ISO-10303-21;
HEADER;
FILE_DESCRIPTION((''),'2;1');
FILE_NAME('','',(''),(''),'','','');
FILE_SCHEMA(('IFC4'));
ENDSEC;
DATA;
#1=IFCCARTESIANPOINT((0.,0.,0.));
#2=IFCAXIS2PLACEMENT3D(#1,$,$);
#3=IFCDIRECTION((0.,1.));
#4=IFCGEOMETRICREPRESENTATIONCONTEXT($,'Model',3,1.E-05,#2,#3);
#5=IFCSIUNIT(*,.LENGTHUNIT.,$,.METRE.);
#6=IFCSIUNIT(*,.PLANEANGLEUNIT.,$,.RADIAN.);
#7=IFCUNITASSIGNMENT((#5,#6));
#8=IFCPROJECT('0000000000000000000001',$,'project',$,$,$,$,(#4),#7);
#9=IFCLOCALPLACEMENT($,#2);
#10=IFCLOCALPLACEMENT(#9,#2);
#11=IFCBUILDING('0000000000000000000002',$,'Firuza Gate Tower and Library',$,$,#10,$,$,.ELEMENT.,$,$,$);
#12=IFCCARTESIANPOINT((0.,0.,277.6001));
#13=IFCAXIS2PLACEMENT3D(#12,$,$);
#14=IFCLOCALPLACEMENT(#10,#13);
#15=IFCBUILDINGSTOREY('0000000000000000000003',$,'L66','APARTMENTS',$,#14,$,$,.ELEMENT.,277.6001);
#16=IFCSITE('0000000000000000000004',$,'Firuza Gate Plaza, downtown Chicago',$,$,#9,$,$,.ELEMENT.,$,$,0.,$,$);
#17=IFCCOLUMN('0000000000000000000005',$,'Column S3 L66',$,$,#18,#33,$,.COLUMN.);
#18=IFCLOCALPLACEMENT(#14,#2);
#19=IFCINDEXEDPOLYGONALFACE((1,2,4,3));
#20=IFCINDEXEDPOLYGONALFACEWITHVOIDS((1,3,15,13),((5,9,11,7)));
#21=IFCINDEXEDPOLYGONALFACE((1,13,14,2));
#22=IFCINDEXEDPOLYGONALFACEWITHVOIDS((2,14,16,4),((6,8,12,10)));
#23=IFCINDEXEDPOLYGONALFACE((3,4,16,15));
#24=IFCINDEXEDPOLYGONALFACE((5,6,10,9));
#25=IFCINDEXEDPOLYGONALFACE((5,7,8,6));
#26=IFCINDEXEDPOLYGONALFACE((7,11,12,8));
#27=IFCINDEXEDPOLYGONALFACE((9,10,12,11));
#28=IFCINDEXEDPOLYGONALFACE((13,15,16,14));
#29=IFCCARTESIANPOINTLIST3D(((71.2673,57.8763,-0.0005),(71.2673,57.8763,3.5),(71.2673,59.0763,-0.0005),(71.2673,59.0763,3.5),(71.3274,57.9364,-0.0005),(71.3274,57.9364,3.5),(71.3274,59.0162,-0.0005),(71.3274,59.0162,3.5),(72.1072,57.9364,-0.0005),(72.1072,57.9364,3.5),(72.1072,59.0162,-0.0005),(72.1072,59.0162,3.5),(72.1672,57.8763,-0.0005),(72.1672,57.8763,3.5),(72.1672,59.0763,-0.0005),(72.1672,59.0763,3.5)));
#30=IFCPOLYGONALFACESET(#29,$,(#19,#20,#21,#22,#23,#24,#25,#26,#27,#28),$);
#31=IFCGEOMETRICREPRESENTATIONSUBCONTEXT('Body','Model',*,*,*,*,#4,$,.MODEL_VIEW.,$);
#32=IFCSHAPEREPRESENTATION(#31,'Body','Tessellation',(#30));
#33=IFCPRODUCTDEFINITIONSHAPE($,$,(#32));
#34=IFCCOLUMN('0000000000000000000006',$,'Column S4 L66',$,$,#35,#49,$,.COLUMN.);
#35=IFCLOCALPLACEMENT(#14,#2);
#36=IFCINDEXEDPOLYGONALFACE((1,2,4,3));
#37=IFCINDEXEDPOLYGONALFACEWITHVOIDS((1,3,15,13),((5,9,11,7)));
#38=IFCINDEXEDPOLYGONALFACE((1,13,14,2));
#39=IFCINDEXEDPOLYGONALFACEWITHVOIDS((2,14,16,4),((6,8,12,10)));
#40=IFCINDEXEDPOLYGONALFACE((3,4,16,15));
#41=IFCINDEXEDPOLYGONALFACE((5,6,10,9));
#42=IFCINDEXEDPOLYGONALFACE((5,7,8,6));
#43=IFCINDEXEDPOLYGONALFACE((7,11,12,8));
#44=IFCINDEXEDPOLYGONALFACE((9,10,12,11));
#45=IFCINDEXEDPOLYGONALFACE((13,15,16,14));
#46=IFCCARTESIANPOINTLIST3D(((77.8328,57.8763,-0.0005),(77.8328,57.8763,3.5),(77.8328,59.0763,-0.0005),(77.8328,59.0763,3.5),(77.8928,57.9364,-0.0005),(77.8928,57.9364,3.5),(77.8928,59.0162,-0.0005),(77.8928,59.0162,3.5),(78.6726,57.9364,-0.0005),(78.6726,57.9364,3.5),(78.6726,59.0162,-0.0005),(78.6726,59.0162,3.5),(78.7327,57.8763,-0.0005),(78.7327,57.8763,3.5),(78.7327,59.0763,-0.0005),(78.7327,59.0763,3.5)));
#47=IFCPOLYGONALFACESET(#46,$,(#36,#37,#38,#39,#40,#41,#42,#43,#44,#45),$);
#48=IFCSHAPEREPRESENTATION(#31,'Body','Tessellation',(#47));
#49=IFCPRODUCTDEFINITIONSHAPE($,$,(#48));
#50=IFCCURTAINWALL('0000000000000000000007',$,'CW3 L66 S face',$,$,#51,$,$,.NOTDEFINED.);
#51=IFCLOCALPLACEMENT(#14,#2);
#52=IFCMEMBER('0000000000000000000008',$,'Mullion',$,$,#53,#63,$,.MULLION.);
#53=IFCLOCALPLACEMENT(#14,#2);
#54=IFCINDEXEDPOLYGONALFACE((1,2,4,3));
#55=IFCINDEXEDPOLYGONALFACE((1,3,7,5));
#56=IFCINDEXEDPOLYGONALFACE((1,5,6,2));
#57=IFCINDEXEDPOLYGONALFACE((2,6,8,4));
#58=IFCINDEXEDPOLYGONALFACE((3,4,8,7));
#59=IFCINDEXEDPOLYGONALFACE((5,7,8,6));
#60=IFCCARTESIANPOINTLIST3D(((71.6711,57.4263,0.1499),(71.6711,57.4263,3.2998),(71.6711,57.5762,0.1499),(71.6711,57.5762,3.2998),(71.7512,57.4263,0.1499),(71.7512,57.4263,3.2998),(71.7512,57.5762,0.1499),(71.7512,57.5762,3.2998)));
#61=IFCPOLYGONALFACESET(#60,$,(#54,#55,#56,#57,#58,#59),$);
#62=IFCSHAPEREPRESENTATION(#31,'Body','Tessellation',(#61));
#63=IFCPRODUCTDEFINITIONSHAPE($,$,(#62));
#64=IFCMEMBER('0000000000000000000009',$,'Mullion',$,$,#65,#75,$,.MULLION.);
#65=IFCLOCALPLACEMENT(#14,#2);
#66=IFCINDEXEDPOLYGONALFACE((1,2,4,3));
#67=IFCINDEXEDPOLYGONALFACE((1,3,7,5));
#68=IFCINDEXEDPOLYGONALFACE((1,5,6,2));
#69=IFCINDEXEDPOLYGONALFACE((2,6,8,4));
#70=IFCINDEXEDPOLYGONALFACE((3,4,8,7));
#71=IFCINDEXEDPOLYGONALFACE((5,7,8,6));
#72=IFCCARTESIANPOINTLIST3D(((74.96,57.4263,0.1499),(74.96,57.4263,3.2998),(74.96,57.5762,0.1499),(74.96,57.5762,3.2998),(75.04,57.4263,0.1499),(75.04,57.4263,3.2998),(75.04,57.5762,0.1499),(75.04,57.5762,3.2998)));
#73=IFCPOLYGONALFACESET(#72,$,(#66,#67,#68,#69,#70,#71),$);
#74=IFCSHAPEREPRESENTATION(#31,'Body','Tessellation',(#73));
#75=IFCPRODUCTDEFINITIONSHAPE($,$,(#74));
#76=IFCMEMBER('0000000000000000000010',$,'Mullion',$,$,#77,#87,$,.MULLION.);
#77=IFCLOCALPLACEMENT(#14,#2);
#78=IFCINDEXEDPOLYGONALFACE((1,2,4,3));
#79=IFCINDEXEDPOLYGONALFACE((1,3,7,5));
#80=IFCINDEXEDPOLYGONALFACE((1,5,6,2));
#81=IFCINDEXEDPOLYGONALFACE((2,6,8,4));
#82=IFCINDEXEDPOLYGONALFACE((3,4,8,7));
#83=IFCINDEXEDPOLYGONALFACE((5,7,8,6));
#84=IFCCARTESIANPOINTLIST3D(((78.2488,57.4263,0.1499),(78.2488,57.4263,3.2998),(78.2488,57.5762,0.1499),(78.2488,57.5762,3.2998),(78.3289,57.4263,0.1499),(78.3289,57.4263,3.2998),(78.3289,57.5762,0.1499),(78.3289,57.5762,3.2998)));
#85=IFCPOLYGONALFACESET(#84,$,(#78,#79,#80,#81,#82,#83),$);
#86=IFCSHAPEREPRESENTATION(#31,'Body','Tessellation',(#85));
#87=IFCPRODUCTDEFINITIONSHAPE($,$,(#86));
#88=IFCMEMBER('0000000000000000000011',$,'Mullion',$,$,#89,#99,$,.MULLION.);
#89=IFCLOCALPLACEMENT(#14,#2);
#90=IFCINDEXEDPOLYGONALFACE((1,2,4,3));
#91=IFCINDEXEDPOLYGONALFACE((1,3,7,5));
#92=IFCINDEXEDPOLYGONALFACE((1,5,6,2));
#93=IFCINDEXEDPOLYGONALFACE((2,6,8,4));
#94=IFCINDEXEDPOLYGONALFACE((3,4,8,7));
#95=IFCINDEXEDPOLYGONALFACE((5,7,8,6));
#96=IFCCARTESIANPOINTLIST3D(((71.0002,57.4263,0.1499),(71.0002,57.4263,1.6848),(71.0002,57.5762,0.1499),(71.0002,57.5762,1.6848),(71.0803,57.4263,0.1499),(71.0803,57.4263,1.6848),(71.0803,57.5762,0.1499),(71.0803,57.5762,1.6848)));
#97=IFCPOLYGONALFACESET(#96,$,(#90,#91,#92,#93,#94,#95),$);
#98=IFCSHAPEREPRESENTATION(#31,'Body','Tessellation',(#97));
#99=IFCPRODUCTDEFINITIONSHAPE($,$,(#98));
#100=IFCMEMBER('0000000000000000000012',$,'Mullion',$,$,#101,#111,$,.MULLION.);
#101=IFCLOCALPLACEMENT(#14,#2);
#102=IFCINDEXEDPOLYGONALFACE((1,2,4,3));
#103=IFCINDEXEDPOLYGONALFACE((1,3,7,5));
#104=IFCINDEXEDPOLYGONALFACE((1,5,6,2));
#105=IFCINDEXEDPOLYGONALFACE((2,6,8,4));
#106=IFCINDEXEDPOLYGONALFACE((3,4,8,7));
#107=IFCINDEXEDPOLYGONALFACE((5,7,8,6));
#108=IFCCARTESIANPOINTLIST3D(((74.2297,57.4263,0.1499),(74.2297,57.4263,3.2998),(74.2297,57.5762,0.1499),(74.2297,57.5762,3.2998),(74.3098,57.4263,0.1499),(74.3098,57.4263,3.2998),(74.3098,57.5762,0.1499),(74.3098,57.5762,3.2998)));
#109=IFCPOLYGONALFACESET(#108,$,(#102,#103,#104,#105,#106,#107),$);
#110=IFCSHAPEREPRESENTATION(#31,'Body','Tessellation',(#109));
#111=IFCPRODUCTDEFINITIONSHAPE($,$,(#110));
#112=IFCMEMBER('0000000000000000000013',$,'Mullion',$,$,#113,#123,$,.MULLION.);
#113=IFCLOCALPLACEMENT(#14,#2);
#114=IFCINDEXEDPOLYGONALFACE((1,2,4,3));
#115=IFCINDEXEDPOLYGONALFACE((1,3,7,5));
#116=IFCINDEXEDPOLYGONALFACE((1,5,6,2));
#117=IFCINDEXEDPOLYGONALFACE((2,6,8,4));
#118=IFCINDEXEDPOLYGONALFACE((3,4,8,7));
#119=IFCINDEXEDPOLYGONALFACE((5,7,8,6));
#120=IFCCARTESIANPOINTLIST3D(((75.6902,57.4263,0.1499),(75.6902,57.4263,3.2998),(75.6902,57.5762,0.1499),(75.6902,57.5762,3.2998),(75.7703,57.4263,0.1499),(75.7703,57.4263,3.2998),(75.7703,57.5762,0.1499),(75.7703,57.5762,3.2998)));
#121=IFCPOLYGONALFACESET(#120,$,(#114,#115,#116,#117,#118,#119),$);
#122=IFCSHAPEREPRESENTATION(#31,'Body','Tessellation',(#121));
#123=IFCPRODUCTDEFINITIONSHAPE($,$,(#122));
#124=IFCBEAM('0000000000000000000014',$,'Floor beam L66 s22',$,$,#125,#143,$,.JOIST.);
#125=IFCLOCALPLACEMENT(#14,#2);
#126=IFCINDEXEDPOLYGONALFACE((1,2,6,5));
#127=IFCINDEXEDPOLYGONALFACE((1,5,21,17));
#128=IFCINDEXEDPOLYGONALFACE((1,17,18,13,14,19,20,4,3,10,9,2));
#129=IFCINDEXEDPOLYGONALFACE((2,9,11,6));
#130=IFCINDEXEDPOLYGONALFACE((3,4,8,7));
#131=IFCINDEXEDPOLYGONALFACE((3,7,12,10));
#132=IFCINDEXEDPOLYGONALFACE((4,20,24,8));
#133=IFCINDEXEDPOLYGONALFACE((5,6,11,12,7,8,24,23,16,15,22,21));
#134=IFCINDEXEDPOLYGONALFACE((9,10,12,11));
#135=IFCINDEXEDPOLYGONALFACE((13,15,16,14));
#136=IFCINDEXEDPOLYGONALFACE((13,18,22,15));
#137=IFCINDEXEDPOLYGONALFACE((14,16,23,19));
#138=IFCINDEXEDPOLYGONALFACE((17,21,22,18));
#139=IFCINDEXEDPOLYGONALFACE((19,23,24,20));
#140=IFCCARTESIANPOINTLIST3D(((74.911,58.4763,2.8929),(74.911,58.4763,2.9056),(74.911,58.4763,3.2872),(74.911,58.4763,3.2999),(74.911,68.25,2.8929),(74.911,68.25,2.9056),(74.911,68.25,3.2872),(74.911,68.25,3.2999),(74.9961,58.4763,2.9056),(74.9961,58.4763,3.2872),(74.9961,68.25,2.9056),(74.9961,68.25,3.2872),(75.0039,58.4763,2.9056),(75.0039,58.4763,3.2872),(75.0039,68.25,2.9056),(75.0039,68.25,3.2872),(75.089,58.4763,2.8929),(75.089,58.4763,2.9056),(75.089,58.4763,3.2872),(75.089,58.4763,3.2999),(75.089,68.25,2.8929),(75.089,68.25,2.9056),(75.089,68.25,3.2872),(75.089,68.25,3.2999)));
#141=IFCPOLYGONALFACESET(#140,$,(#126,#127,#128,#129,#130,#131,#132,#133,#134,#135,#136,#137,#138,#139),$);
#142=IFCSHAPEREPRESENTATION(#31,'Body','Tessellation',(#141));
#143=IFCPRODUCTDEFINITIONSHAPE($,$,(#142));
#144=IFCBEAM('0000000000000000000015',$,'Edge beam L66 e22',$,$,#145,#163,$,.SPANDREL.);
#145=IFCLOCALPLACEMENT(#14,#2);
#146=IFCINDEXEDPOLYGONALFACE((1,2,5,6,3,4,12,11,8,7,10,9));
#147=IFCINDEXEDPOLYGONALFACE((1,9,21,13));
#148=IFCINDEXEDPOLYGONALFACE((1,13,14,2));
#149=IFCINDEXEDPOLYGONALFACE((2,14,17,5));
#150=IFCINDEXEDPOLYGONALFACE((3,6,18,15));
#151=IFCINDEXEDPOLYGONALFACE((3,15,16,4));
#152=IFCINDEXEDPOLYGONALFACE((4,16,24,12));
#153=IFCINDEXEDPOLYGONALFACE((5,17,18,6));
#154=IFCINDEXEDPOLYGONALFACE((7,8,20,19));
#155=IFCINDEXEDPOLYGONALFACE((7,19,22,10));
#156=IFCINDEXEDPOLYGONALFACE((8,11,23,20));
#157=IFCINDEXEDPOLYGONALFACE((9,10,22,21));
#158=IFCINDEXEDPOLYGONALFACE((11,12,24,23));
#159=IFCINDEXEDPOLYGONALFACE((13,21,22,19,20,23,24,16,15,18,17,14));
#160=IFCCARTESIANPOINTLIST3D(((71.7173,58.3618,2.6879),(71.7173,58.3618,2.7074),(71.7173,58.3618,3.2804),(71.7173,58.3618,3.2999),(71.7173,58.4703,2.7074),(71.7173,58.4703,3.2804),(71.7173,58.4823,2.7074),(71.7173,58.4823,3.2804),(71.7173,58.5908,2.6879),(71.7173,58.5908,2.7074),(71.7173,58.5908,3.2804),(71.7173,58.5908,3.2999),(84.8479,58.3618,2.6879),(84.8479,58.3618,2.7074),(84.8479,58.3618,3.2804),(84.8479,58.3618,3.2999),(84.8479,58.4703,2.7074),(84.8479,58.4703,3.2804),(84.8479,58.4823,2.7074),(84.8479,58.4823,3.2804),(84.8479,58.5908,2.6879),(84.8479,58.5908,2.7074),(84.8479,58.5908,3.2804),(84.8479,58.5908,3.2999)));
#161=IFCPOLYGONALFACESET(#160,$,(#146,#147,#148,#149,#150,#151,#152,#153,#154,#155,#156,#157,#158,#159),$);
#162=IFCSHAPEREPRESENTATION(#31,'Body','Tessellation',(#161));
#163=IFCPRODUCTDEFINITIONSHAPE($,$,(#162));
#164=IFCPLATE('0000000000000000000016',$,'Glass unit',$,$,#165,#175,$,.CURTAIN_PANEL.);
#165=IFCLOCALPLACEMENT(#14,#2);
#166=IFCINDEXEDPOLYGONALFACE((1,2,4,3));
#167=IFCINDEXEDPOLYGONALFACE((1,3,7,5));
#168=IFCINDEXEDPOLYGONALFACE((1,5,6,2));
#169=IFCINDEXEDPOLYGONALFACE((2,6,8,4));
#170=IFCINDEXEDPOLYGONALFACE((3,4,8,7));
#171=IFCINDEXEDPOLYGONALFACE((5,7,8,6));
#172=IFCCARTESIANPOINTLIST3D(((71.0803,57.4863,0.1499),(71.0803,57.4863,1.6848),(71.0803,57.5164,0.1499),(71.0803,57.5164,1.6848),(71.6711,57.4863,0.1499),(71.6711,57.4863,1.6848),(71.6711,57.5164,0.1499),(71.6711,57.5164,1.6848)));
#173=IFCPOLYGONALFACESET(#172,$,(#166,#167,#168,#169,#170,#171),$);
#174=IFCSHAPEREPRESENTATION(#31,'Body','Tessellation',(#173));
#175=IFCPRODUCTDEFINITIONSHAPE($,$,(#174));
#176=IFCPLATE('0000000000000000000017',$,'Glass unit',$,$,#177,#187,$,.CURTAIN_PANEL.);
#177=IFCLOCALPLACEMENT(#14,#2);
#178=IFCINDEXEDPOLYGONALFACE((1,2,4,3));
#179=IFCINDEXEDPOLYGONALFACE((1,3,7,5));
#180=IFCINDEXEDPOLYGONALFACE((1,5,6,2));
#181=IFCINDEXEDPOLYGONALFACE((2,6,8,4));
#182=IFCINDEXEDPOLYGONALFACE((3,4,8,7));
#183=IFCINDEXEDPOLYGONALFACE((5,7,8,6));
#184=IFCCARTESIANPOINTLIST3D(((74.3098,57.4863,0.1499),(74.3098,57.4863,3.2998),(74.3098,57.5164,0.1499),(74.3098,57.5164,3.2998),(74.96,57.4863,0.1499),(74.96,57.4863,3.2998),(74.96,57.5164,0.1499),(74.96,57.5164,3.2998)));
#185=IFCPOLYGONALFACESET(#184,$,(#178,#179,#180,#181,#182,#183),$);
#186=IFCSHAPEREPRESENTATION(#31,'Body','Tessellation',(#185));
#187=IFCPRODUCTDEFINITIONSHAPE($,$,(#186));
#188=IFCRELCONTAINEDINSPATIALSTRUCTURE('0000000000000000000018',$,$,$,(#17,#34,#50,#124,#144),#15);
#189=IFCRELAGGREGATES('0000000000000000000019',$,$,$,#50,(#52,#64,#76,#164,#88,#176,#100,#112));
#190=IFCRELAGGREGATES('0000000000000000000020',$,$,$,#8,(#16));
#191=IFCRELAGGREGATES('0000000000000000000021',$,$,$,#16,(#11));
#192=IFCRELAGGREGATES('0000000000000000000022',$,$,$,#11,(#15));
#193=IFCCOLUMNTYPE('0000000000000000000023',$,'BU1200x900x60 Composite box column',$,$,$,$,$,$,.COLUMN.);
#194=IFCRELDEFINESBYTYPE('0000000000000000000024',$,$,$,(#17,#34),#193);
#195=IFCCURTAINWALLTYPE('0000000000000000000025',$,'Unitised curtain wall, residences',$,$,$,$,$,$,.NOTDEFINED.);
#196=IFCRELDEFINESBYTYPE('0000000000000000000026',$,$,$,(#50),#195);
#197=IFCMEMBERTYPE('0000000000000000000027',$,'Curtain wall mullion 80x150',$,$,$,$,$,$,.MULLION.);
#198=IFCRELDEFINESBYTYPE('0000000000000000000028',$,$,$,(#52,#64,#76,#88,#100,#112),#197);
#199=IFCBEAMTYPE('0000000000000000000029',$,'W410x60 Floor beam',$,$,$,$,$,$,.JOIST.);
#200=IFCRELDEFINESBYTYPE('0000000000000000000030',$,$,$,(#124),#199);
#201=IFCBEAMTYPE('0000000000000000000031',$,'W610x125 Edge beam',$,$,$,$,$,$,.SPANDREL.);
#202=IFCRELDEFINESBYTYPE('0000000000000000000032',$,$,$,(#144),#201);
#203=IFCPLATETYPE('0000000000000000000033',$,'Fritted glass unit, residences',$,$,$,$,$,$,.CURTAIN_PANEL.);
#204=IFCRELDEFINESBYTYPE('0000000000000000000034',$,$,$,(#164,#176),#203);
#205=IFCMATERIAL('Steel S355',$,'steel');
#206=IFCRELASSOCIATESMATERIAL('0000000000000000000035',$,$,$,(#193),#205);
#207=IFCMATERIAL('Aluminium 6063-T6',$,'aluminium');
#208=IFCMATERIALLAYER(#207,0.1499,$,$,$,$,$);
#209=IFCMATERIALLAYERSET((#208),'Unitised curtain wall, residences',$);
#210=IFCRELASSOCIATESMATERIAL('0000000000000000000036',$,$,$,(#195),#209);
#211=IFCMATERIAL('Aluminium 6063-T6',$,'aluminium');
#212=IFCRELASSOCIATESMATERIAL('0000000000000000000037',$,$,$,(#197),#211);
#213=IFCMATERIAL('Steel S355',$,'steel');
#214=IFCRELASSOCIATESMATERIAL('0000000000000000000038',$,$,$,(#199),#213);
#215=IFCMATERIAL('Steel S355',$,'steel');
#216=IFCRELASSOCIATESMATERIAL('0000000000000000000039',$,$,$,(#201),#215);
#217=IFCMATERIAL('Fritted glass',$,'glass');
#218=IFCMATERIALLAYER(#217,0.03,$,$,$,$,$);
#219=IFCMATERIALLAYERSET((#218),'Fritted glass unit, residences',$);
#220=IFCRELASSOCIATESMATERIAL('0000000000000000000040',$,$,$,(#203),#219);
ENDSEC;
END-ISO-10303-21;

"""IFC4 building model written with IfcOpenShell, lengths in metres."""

from ifc_helpers import new_model, si_unit, direction, frame, origin, origin_2d, place, context, subcontext, project, spatial, polyline, rectangle, hollow_rectangle, i_section, outline, extrude, material, layer, layer_set, material_profile, profile_set, type_object, element, aggregate, save


model = new_model("IFC4")

# Units and contexts
model_context = context("Model", 3, precision=1e-05, world=origin(), true_north=direction((0.0, 1.0)))
body_context = subcontext(model_context, "Body", "Model", "MODEL_VIEW")
ifc_project = project(units=[si_unit("LENGTHUNIT", "METRE"), si_unit("PLANEANGLEUNIT", "RADIAN")], contexts=[model_context])

# Site, building, storey
site_placement = place(None, origin())
site = spatial("IfcSite", under=ifc_project, at=site_placement, Name="Firuza Gate Plaza, downtown Chicago", CompositionType="ELEMENT", RefElevation=0.0)
building_placement = place(site_placement, origin())
building = spatial("IfcBuilding", under=site, at=building_placement, Name="Firuza Gate Tower and Library", CompositionType="ELEMENT")
storey_placement = place(building_placement, frame((0.0, 0.0, 277.6001)))
storey = spatial("IfcBuildingStorey", under=building, at=storey_placement, Name="L66", Description="APARTMENTS", CompositionType="ELEMENT", Elevation=277.6001)

# Columns
ifc_material_1 = material(Name="Steel S355", Category="steel")
ifc_material_profile_1 = material_profile(ifc_material_1, hollow_rectangle(XDim=0.8999, YDim=1.2, WallThickness=0.0601, at=origin_2d()))
ifc_profile_set_1 = profile_set([ifc_material_profile_1], Name="Steel S355")
column_type = type_object("IfcColumnType", Name="BU1200x900x60 Composite box column", PredefinedType="COLUMN", material=ifc_profile_set_1)
for number, where, z_axis, x_axis, name in (
    (1, (71.7173, 58.4763, -0.0005), (0.0, 0.0, 1.0), (1.0, 0.0, 0.0), "Column S3 L66"),
    (2, (78.2827, 58.4763, -0.0005), (0.0, 0.0, 1.0), (1.0, 0.0, 0.0), "Column S4 L66"),
):
    element("IfcColumn", number, at=place(storey_placement, frame(where, z_axis=z_axis, x_axis=x_axis)), inside=storey, type_object=column_type, Name=name, PredefinedType="COLUMN", context=body_context, shape_type="SweptSolid", body=[
        extrude(hollow_rectangle(XDim=0.8999, YDim=1.2, WallThickness=0.0601, at=origin_2d()), origin(), (0.0, 0.0, 1.0), 3.5005),
    ])

# Curtain wall, members
ifc_material_2 = material(Name="Aluminium 6063-T6", Category="aluminium")
ifc_layer_1 = layer(ifc_material_2, 0.1499)
ifc_layer_set_1 = layer_set([ifc_layer_1], Name="Unitised curtain wall, residences")
curtain_wall_type = type_object("IfcCurtainWallType", Name="Unitised curtain wall, residences", PredefinedType="NOTDEFINED", material=ifc_layer_set_1)
curtain_wall_placement = place(storey_placement, origin())
curtain_wall = element("IfcCurtainWall", 3, at=curtain_wall_placement, inside=storey, type_object=curtain_wall_type, Name="CW3 L66 S face", PredefinedType="NOTDEFINED")
ifc_material_3 = material(Name="Aluminium 6063-T6", Category="aluminium")
ifc_material_profile_2 = material_profile(ifc_material_3, rectangle(XDim=0.1499, YDim=0.0801, at=origin_2d()))
ifc_profile_set_2 = profile_set([ifc_material_profile_2], Name="Aluminium 6063-T6")
member_type = type_object("IfcMemberType", Name="Curtain wall mullion 80x150", PredefinedType="MULLION", material=ifc_profile_set_2)
member_1_placement = place(storey_placement, frame((71.7112, 57.5012, 0.1499), z_axis=(0.0, 0.0, 1.0), x_axis=(0.0, 1.0, 0.0)))
member_1 = element("IfcMember", 4, at=member_1_placement, type_object=member_type, Name="Mullion", PredefinedType="MULLION", context=body_context, shape_type="SweptSolid", body=[
    extrude(rectangle(XDim=0.1499, YDim=0.0801, at=origin_2d()), origin(), (0.0, 0.0, 1.0), 3.1499),
])
member_2_placement = place(storey_placement, frame((75.0, 57.5012, 0.1499), z_axis=(0.0, 0.0, 1.0), x_axis=(0.0, 1.0, 0.0)))
member_2 = element("IfcMember", 5, at=member_2_placement, type_object=member_type, Name="Mullion", PredefinedType="MULLION", context=body_context, shape_type="SweptSolid", body=[
    extrude(rectangle(XDim=0.1499, YDim=0.0801, at=origin_2d()), origin(), (0.0, 0.0, 1.0), 3.1499),
])
member_3_placement = place(storey_placement, frame((78.2888, 57.5012, 0.1499), z_axis=(0.0, 0.0, 1.0), x_axis=(0.0, 1.0, 0.0)))
member_3 = element("IfcMember", 6, at=member_3_placement, type_object=member_type, Name="Mullion", PredefinedType="MULLION", context=body_context, shape_type="SweptSolid", body=[
    extrude(rectangle(XDim=0.1499, YDim=0.0801, at=origin_2d()), origin(), (0.0, 0.0, 1.0), 3.1499),
])
member_4_placement = place(storey_placement, frame((71.0403, 57.5012, 0.1499), z_axis=(0.0, 0.0, 1.0), x_axis=(0.0, 1.0, 0.0)))
member_4 = element("IfcMember", 7, at=member_4_placement, type_object=member_type, Name="Mullion", PredefinedType="MULLION", context=body_context, shape_type="SweptSolid", body=[
    extrude(rectangle(XDim=0.1499, YDim=0.0801, at=origin_2d()), origin(), (0.0, 0.0, 1.0), 1.5349),
])
member_5_placement = place(storey_placement, frame((74.2698, 57.5012, 0.1499), z_axis=(0.0, 0.0, 1.0), x_axis=(0.0, 1.0, 0.0)))
member_5 = element("IfcMember", 8, at=member_5_placement, type_object=member_type, Name="Mullion", PredefinedType="MULLION", context=body_context, shape_type="SweptSolid", body=[
    extrude(rectangle(XDim=0.1499, YDim=0.0801, at=origin_2d()), origin(), (0.0, 0.0, 1.0), 3.1499),
])
member_6_placement = place(storey_placement, frame((75.7302, 57.5012, 0.1499), z_axis=(0.0, 0.0, 1.0), x_axis=(0.0, 1.0, 0.0)))
member_6 = element("IfcMember", 9, at=member_6_placement, type_object=member_type, Name="Mullion", PredefinedType="MULLION", context=body_context, shape_type="SweptSolid", body=[
    extrude(rectangle(XDim=0.1499, YDim=0.0801, at=origin_2d()), origin(), (0.0, 0.0, 1.0), 3.1499),
])

# Beams
ifc_material_4 = material(Name="Steel S355", Category="steel")
ifc_material_profile_3 = material_profile(ifc_material_4, i_section(OverallWidth=0.178, OverallDepth=0.407, WebThickness=0.0078, FlangeThickness=0.0127, at=origin_2d()))
ifc_profile_set_3 = profile_set([ifc_material_profile_3], Name="Steel S355")
beam_type_1 = type_object("IfcBeamType", Name="W410x60 Floor beam", PredefinedType="JOIST", material=ifc_profile_set_3)
beam_1_placement = place(storey_placement, frame((75.0, 58.4763, 3.0964), z_axis=(0.0, 1.0, 0.0), x_axis=(-1.0, 0.0, 0.0)))
element("IfcBeam", 10, at=beam_1_placement, inside=storey, type_object=beam_type_1, Name="Floor beam L66 s22", PredefinedType="JOIST", context=body_context, shape_type="SweptSolid", body=[
    extrude(i_section(OverallWidth=0.178, OverallDepth=0.407, WebThickness=0.0078, FlangeThickness=0.0127, at=origin_2d()), origin(), (0.0, 0.0, 1.0), 9.7737),
])
ifc_material_5 = material(Name="Steel S355", Category="steel")
ifc_material_profile_4 = material_profile(ifc_material_5, i_section(OverallWidth=0.229, OverallDepth=0.6121, WebThickness=0.012, FlangeThickness=0.0195, at=origin_2d()))
ifc_profile_set_4 = profile_set([ifc_material_profile_4], Name="Steel S355")
beam_type_2 = type_object("IfcBeamType", Name="W610x125 Edge beam", PredefinedType="SPANDREL", material=ifc_profile_set_4)
beam_2_placement = place(storey_placement, frame((71.7173, 58.4763, 2.9939), z_axis=(1.0, 0.0, 0.0), x_axis=(0.0, 1.0, 0.0)))
element("IfcBeam", 11, at=beam_2_placement, inside=storey, type_object=beam_type_2, Name="Edge beam L66 e22", PredefinedType="SPANDREL", context=body_context, shape_type="SweptSolid", body=[
    extrude(i_section(OverallWidth=0.229, OverallDepth=0.6121, WebThickness=0.012, FlangeThickness=0.0195, at=origin_2d()), origin(), (0.0, 0.0, 1.0), 13.1306),
])

# Plates
ifc_material_6 = material(Name="Fritted glass", Category="glass")
ifc_layer_2 = layer(ifc_material_6, 0.03)
ifc_layer_set_2 = layer_set([ifc_layer_2], Name="Fritted glass unit, residences")
plate_type_1 = type_object("IfcPlateType", Name="Fritted glass unit, residences", PredefinedType="CURTAIN_PANEL", material=ifc_layer_set_2)
plate_1_placement = place(storey_placement, frame((71.0803, 57.4863, 0.1499), z_axis=(0.0, -1.0, 0.0), x_axis=(1.0, 0.0, 0.0)))
plate_1 = element("IfcPlate", 12, at=plate_1_placement, type_object=plate_type_1, Name="Glass unit", PredefinedType="CURTAIN_PANEL", context=body_context, shape_type="SweptSolid", body=[
    extrude(outline(polyline([(0.0, 0.0), (0.5908, 0.0), (0.5908, 1.5349), (0.0, 1.5349), (0.0, 0.0)])), origin(), (0.0, 0.0, -1.0), 0.03),
])
plate_2_placement = place(storey_placement, frame((74.3098, 57.4863, 0.1499), z_axis=(0.0, -1.0, 0.0), x_axis=(1.0, 0.0, 0.0)))
plate_2 = element("IfcPlate", 13, at=plate_2_placement, type_object=plate_type_1, Name="Glass unit", PredefinedType="CURTAIN_PANEL", context=body_context, shape_type="SweptSolid", body=[
    extrude(outline(polyline([(0.0, 0.0), (0.6501, 0.0), (0.6501, 3.1499), (0.0, 3.1499), (0.0, 0.0)])), origin(), (0.0, 0.0, -1.0), 0.03),
])
aggregate(curtain_wall, [member_1, member_2, member_3, plate_1, member_4, plate_2, member_5, member_6])

save(model, "model.ifc")
